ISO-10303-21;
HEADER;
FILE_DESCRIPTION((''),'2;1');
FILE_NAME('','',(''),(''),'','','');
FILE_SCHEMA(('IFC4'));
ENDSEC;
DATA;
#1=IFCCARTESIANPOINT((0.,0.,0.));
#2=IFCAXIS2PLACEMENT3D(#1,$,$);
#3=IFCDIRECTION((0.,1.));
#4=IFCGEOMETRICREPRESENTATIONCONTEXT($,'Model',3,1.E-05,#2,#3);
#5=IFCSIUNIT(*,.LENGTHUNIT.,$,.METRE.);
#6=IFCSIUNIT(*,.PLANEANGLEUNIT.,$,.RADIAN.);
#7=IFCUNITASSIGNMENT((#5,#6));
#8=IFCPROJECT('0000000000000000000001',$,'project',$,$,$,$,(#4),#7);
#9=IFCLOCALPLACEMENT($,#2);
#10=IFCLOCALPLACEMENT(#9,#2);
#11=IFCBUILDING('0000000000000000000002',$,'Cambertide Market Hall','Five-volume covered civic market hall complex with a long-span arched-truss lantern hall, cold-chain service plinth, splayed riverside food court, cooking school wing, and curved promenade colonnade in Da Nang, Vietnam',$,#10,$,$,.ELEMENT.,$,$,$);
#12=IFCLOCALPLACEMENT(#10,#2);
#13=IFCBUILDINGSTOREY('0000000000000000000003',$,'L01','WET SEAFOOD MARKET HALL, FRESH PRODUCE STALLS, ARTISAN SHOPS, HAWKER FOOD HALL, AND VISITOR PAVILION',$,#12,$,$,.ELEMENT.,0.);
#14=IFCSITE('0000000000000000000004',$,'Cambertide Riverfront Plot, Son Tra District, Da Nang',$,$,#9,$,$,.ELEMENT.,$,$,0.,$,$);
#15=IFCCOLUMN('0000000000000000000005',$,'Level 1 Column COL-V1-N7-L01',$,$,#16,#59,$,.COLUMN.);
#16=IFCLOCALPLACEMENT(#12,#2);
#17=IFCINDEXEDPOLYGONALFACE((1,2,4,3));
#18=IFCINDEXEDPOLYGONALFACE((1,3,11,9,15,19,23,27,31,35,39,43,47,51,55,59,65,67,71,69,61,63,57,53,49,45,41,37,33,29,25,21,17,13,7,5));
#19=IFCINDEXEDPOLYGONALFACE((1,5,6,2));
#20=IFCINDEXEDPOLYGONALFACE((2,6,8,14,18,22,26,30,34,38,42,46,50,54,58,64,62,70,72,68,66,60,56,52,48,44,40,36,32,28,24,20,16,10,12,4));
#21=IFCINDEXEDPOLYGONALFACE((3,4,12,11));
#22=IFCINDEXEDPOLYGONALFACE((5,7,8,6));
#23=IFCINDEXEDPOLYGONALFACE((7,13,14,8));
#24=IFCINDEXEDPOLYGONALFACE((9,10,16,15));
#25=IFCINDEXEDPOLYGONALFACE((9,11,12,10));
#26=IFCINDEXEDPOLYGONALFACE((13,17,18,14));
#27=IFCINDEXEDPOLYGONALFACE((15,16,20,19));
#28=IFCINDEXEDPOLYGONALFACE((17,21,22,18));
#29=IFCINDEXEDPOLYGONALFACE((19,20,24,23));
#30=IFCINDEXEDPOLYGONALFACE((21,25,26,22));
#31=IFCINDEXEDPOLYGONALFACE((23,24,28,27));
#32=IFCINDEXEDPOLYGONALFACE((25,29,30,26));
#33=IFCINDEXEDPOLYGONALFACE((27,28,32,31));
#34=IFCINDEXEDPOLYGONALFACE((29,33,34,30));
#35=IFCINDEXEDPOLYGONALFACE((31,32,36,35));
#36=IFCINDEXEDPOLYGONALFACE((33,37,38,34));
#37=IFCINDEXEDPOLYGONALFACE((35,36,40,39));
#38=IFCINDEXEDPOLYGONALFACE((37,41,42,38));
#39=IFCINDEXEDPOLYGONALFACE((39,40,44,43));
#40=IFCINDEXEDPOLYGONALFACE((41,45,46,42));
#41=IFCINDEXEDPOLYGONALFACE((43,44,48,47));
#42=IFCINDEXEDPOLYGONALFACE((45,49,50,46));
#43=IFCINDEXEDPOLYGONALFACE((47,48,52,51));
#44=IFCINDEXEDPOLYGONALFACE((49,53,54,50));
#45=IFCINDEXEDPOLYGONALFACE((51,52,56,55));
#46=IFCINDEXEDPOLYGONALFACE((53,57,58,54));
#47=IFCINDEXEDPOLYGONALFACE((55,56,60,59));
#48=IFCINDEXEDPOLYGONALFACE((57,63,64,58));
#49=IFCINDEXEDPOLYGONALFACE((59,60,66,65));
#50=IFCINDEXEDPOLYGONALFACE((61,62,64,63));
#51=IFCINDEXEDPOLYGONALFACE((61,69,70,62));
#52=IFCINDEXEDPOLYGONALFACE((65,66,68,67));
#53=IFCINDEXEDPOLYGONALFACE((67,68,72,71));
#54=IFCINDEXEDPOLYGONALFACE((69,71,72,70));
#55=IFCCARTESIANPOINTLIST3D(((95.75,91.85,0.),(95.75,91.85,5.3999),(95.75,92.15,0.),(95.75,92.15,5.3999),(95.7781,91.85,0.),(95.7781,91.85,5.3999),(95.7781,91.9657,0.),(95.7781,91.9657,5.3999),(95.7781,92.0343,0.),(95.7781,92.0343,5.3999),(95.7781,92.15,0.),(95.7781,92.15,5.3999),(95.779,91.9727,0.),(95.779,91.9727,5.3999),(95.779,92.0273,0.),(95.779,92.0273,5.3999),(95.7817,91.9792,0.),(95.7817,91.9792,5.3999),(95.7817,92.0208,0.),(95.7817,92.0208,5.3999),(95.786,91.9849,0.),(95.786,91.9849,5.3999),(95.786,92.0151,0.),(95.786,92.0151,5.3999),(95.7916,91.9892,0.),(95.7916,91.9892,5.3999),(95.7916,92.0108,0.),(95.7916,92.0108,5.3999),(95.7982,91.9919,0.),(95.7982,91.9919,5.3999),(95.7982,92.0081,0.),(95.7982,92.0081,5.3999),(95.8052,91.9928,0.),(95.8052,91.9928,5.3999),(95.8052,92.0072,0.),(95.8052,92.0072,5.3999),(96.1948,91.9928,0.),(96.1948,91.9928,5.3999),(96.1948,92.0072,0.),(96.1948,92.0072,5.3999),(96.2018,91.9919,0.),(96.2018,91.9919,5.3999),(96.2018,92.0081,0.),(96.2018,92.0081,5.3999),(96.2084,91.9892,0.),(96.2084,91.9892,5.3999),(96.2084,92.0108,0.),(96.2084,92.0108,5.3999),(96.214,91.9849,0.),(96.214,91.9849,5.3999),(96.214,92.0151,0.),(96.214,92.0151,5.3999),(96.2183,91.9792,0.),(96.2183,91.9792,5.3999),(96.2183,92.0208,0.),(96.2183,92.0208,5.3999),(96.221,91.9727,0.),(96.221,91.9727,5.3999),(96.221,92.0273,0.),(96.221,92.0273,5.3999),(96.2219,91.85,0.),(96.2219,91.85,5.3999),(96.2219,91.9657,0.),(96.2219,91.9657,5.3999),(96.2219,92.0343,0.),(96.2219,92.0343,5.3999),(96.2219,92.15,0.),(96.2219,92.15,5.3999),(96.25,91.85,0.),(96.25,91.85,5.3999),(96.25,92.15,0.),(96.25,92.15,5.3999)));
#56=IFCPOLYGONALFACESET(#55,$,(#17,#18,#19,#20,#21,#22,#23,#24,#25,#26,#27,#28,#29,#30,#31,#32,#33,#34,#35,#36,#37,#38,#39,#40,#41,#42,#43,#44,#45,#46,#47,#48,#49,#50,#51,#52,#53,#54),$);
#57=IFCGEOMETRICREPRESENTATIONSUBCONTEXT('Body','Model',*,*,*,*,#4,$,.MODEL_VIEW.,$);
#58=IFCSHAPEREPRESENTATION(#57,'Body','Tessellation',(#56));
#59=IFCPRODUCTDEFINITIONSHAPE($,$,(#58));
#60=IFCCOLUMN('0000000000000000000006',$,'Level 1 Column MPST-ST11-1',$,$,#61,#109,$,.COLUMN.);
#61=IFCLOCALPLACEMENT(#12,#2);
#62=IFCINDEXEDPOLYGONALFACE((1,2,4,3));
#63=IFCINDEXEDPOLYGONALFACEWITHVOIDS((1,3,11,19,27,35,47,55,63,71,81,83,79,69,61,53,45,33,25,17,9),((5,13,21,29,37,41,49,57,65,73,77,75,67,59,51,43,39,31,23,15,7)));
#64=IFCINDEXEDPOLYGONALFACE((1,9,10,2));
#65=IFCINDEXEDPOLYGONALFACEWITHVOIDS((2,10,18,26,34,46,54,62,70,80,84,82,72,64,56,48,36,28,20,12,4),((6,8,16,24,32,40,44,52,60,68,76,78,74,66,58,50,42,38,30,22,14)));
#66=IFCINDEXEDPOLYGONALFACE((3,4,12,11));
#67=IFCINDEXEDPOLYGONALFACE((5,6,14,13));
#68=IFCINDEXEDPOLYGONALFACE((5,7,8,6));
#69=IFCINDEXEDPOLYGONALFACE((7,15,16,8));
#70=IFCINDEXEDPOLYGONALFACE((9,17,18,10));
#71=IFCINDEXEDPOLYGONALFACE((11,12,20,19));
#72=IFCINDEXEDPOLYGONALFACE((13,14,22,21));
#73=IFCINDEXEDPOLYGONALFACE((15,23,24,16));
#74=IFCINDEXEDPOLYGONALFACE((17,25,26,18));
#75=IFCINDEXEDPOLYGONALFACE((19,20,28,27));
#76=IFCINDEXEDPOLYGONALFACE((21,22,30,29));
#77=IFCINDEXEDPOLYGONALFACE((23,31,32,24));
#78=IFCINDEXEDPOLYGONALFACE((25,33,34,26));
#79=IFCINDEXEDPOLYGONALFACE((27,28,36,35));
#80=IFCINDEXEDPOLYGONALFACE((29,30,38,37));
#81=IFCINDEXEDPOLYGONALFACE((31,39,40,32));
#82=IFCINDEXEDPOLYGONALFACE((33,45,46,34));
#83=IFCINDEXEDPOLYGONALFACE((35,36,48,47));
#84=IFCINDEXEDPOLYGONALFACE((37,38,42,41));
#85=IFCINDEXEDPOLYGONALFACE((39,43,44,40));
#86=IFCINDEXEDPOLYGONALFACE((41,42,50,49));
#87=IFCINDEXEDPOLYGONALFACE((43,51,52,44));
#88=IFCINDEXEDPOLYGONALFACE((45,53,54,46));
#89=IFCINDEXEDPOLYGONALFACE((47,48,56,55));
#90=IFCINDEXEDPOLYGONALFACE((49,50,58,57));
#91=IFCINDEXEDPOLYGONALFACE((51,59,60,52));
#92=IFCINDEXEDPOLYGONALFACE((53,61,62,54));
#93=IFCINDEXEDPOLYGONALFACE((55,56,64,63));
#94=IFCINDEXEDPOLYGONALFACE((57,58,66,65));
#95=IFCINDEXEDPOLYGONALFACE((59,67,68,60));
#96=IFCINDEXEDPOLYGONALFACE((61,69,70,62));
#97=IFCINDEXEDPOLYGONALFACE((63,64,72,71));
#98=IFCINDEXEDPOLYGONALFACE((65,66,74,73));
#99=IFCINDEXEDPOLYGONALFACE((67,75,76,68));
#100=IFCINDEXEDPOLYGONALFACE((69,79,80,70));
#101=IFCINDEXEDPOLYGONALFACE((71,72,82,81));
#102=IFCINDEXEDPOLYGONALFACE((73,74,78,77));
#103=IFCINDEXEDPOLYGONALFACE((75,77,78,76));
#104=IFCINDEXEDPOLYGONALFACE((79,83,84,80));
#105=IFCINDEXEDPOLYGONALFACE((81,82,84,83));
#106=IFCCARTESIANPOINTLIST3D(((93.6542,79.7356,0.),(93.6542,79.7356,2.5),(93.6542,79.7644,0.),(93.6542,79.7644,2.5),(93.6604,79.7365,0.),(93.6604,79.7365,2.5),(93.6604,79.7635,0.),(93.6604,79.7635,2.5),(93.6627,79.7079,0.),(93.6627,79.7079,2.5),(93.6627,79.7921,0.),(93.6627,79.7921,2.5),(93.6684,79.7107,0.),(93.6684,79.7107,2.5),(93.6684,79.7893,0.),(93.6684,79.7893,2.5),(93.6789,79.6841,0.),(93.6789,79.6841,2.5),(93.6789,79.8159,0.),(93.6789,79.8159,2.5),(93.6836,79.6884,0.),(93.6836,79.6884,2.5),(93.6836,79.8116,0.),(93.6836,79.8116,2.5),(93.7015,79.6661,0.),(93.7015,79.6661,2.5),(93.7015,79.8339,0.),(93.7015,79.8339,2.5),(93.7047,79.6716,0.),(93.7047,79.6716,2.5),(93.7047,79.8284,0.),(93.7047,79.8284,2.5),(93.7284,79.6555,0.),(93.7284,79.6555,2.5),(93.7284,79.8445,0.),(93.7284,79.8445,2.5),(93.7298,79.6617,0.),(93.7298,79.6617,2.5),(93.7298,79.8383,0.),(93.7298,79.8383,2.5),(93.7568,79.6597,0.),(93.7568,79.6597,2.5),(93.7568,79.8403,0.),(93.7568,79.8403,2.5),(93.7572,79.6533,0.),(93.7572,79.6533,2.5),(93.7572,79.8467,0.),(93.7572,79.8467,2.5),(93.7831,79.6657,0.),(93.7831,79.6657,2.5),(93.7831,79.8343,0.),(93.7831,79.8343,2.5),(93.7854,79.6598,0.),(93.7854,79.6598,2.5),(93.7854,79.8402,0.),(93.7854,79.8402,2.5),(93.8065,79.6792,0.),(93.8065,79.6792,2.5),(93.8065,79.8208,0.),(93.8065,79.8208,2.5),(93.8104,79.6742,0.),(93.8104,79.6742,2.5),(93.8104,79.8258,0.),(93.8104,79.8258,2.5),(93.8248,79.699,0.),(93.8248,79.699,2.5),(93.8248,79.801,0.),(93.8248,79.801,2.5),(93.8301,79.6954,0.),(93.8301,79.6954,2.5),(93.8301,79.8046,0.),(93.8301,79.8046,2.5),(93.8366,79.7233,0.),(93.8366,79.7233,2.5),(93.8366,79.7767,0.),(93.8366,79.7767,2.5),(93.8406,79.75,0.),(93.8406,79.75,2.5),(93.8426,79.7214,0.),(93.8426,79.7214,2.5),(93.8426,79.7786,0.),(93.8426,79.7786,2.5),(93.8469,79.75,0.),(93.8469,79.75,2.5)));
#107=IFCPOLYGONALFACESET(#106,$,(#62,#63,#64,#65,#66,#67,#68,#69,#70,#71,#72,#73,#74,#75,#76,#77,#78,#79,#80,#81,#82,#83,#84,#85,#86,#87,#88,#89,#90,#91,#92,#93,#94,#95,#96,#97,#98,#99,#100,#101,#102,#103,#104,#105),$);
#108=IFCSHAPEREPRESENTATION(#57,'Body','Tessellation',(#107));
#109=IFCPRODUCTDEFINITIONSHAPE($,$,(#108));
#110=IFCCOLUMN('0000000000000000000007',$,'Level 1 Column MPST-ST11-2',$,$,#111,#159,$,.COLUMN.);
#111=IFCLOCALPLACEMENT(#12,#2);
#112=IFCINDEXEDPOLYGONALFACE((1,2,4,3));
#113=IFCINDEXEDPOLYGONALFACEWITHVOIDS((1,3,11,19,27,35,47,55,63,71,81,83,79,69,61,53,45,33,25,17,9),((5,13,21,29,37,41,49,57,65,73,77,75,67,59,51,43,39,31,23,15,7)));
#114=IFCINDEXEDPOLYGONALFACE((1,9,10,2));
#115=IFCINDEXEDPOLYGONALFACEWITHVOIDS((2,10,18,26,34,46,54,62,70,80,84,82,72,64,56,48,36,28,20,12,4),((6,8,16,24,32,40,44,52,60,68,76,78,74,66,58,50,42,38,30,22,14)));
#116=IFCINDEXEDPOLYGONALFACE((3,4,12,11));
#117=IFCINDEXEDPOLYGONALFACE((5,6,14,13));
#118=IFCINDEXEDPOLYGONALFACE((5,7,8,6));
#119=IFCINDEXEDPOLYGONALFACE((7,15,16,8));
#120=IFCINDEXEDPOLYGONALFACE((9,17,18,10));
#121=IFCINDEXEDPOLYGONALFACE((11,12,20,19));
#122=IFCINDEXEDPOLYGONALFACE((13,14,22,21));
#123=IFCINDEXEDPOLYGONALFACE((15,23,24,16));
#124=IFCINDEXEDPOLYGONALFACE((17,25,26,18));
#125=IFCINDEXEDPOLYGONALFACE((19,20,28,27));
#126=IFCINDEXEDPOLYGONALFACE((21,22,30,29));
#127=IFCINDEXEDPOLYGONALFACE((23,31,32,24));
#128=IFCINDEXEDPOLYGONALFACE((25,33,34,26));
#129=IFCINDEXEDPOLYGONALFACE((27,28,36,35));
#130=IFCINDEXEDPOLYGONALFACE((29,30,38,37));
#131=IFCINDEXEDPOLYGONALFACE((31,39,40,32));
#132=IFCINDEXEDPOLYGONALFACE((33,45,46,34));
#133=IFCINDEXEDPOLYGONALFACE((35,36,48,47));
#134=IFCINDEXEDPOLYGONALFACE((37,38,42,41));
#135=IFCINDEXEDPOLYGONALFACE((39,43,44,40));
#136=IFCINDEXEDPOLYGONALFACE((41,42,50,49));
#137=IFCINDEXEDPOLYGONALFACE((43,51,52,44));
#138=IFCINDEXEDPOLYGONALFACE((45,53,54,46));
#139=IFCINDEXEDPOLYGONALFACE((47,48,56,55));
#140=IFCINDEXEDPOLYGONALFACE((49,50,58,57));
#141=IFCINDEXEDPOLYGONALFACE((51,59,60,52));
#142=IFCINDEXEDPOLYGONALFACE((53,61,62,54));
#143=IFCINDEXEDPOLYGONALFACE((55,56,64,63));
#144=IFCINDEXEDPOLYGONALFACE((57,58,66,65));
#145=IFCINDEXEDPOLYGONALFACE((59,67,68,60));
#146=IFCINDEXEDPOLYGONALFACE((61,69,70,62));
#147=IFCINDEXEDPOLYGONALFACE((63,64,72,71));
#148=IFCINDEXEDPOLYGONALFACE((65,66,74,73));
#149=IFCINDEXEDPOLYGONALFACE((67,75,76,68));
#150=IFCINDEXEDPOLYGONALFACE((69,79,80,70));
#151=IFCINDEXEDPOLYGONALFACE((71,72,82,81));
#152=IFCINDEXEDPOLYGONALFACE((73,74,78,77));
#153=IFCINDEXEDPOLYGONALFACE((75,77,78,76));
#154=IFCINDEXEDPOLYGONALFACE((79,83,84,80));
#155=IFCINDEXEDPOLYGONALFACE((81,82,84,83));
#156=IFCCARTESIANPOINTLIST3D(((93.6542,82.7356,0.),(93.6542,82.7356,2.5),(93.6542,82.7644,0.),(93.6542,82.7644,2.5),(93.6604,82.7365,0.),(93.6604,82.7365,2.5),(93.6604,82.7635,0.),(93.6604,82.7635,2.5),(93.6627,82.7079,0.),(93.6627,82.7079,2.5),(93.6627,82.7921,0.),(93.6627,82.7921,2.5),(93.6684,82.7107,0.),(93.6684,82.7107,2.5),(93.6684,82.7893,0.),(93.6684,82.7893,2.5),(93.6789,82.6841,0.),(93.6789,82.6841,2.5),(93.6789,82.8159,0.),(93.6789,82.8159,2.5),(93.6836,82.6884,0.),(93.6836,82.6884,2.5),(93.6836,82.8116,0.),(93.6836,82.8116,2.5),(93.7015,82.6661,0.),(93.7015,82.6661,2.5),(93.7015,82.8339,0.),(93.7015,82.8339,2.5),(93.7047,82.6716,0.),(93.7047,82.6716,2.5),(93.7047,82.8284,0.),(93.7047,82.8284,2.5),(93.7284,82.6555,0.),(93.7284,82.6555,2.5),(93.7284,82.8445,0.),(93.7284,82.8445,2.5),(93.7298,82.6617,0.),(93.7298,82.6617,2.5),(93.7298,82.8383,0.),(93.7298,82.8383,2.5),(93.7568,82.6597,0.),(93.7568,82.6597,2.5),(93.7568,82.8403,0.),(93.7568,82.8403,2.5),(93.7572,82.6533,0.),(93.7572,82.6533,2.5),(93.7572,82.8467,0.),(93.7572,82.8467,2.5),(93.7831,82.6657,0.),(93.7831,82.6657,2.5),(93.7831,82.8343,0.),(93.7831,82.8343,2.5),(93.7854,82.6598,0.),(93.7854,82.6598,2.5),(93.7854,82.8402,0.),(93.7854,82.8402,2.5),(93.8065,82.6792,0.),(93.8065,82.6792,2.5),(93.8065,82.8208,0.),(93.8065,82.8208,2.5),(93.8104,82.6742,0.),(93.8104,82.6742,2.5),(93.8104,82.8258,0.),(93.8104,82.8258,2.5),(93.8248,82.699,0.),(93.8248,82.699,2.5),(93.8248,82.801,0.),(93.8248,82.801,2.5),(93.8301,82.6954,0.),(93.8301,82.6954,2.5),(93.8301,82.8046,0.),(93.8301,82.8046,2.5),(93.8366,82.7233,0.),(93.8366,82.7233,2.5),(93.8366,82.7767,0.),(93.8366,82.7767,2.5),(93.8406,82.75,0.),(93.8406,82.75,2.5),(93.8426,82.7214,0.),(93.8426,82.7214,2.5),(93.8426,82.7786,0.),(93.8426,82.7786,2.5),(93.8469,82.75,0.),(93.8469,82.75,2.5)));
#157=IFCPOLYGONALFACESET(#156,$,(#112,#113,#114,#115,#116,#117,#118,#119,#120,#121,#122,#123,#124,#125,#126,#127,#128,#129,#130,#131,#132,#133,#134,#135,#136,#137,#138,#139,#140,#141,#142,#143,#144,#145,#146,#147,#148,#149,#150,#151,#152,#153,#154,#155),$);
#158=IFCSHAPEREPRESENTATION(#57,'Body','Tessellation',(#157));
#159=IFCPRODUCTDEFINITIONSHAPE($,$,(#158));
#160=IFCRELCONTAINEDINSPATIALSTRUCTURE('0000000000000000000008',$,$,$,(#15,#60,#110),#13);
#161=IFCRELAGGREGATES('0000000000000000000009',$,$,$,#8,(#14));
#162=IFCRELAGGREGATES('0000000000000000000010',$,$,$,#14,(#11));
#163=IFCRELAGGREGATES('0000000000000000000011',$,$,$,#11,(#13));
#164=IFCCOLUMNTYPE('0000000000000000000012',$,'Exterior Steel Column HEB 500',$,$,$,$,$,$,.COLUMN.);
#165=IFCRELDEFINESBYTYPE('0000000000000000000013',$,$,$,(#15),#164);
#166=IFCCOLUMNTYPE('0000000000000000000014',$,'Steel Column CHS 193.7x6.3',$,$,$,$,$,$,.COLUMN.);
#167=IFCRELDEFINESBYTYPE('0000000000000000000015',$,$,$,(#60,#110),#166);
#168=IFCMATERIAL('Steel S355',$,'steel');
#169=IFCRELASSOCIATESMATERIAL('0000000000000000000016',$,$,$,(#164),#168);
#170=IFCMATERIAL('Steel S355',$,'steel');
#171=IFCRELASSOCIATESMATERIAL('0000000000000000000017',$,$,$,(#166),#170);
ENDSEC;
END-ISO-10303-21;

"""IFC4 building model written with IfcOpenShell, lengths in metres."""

from ifc_helpers import new_model, si_unit, direction, frame, origin, origin_2d, place, context, subcontext, project, spatial, hollow_circle, i_section, extrude, material, material_profile, profile_set, type_object, element, save


model = new_model("IFC4")

# Units and contexts
model_context = context("Model", 3, precision=1e-05, world=origin(), true_north=direction((0.0, 1.0)))
body_context = subcontext(model_context, "Body", "Model", "MODEL_VIEW")
ifc_project = project(units=[si_unit("LENGTHUNIT", "METRE"), si_unit("PLANEANGLEUNIT", "RADIAN")], contexts=[model_context])

# Site, building, storey
site_placement = place(None, origin())
site = spatial("IfcSite", under=ifc_project, at=site_placement, Name="Cambertide Riverfront Plot, Son Tra District, Da Nang", CompositionType="ELEMENT", RefElevation=0.0)
building_placement = place(site_placement, origin())
building = spatial("IfcBuilding", under=site, at=building_placement, Name="Cambertide Market Hall", Description="Five-volume covered civic market hall complex with a long-span arched-truss lantern hall, cold-chain service plinth, splayed riverside food court, cooking school wing, and curved promenade colonnade in Da Nang, Vietnam", CompositionType="ELEMENT")
storey_placement = place(building_placement, origin())
storey = spatial("IfcBuildingStorey", under=building, at=storey_placement, Name="L01", Description="WET SEAFOOD MARKET HALL, FRESH PRODUCE STALLS, ARTISAN SHOPS, HAWKER FOOD HALL, AND VISITOR PAVILION", CompositionType="ELEMENT", Elevation=0.0)

# Columns
ifc_material_1 = material(Name="Steel S355", Category="steel")
ifc_material_profile_1 = material_profile(ifc_material_1, i_section(OverallWidth=0.3, OverallDepth=0.5, WebThickness=0.0144, FlangeThickness=0.0281, FilletRadius=0.0271, at=origin_2d()), Name="HEB 500")
ifc_profile_set_1 = profile_set([ifc_material_profile_1], Name="Steel S355")
column_type_1 = type_object("IfcColumnType", Name="Exterior Steel Column HEB 500", PredefinedType="COLUMN", material=ifc_profile_set_1)
column_1_placement = place(storey_placement, frame((96.0, 92.0, 0.0), z_axis=(0.0, 0.0, 1.0), x_axis=(0.0, 1.0, 0.0)))
element("IfcColumn", 1, at=column_1_placement, inside=storey, type_object=column_type_1, Name="Level 1 Column COL-V1-N7-L01", PredefinedType="COLUMN", context=body_context, shape_type="SweptSolid", body=[
    extrude(i_section(OverallWidth=0.3, OverallDepth=0.5, WebThickness=0.0144, FlangeThickness=0.0281, FilletRadius=0.0271, at=origin_2d()), origin(), (0.0, 0.0, 1.0), 5.3999),
])
ifc_material_2 = material(Name="Steel S355", Category="steel")
ifc_material_profile_2 = material_profile(ifc_material_2, hollow_circle(Radius=0.0969, WallThickness=0.0063, at=origin_2d()), Name="CHS 193.7x6.3")
ifc_profile_set_2 = profile_set([ifc_material_profile_2], Name="Steel S355")
column_type_2 = type_object("IfcColumnType", Name="Steel Column CHS 193.7x6.3", PredefinedType="COLUMN", material=ifc_profile_set_2)
for number, where, z_axis, x_axis, name in (
    (2, (93.75, 79.75, 0.0), (0.0, 0.0, 1.0), (1.0, 0.0, 0.0), "Level 1 Column MPST-ST11-1"),
    (3, (93.75, 82.75, 0.0), (0.0, 0.0, 1.0), (1.0, 0.0, 0.0), "Level 1 Column MPST-ST11-2"),
):
    element("IfcColumn", number, at=place(storey_placement, frame(where, z_axis=z_axis, x_axis=x_axis)), inside=storey, type_object=column_type_2, Name=name, PredefinedType="COLUMN", context=body_context, shape_type="SweptSolid", body=[
        extrude(hollow_circle(Radius=0.0969, WallThickness=0.0063, at=origin_2d()), origin(), (0.0, 0.0, 1.0), 2.5),
    ])

save(model, "model.ifc")
